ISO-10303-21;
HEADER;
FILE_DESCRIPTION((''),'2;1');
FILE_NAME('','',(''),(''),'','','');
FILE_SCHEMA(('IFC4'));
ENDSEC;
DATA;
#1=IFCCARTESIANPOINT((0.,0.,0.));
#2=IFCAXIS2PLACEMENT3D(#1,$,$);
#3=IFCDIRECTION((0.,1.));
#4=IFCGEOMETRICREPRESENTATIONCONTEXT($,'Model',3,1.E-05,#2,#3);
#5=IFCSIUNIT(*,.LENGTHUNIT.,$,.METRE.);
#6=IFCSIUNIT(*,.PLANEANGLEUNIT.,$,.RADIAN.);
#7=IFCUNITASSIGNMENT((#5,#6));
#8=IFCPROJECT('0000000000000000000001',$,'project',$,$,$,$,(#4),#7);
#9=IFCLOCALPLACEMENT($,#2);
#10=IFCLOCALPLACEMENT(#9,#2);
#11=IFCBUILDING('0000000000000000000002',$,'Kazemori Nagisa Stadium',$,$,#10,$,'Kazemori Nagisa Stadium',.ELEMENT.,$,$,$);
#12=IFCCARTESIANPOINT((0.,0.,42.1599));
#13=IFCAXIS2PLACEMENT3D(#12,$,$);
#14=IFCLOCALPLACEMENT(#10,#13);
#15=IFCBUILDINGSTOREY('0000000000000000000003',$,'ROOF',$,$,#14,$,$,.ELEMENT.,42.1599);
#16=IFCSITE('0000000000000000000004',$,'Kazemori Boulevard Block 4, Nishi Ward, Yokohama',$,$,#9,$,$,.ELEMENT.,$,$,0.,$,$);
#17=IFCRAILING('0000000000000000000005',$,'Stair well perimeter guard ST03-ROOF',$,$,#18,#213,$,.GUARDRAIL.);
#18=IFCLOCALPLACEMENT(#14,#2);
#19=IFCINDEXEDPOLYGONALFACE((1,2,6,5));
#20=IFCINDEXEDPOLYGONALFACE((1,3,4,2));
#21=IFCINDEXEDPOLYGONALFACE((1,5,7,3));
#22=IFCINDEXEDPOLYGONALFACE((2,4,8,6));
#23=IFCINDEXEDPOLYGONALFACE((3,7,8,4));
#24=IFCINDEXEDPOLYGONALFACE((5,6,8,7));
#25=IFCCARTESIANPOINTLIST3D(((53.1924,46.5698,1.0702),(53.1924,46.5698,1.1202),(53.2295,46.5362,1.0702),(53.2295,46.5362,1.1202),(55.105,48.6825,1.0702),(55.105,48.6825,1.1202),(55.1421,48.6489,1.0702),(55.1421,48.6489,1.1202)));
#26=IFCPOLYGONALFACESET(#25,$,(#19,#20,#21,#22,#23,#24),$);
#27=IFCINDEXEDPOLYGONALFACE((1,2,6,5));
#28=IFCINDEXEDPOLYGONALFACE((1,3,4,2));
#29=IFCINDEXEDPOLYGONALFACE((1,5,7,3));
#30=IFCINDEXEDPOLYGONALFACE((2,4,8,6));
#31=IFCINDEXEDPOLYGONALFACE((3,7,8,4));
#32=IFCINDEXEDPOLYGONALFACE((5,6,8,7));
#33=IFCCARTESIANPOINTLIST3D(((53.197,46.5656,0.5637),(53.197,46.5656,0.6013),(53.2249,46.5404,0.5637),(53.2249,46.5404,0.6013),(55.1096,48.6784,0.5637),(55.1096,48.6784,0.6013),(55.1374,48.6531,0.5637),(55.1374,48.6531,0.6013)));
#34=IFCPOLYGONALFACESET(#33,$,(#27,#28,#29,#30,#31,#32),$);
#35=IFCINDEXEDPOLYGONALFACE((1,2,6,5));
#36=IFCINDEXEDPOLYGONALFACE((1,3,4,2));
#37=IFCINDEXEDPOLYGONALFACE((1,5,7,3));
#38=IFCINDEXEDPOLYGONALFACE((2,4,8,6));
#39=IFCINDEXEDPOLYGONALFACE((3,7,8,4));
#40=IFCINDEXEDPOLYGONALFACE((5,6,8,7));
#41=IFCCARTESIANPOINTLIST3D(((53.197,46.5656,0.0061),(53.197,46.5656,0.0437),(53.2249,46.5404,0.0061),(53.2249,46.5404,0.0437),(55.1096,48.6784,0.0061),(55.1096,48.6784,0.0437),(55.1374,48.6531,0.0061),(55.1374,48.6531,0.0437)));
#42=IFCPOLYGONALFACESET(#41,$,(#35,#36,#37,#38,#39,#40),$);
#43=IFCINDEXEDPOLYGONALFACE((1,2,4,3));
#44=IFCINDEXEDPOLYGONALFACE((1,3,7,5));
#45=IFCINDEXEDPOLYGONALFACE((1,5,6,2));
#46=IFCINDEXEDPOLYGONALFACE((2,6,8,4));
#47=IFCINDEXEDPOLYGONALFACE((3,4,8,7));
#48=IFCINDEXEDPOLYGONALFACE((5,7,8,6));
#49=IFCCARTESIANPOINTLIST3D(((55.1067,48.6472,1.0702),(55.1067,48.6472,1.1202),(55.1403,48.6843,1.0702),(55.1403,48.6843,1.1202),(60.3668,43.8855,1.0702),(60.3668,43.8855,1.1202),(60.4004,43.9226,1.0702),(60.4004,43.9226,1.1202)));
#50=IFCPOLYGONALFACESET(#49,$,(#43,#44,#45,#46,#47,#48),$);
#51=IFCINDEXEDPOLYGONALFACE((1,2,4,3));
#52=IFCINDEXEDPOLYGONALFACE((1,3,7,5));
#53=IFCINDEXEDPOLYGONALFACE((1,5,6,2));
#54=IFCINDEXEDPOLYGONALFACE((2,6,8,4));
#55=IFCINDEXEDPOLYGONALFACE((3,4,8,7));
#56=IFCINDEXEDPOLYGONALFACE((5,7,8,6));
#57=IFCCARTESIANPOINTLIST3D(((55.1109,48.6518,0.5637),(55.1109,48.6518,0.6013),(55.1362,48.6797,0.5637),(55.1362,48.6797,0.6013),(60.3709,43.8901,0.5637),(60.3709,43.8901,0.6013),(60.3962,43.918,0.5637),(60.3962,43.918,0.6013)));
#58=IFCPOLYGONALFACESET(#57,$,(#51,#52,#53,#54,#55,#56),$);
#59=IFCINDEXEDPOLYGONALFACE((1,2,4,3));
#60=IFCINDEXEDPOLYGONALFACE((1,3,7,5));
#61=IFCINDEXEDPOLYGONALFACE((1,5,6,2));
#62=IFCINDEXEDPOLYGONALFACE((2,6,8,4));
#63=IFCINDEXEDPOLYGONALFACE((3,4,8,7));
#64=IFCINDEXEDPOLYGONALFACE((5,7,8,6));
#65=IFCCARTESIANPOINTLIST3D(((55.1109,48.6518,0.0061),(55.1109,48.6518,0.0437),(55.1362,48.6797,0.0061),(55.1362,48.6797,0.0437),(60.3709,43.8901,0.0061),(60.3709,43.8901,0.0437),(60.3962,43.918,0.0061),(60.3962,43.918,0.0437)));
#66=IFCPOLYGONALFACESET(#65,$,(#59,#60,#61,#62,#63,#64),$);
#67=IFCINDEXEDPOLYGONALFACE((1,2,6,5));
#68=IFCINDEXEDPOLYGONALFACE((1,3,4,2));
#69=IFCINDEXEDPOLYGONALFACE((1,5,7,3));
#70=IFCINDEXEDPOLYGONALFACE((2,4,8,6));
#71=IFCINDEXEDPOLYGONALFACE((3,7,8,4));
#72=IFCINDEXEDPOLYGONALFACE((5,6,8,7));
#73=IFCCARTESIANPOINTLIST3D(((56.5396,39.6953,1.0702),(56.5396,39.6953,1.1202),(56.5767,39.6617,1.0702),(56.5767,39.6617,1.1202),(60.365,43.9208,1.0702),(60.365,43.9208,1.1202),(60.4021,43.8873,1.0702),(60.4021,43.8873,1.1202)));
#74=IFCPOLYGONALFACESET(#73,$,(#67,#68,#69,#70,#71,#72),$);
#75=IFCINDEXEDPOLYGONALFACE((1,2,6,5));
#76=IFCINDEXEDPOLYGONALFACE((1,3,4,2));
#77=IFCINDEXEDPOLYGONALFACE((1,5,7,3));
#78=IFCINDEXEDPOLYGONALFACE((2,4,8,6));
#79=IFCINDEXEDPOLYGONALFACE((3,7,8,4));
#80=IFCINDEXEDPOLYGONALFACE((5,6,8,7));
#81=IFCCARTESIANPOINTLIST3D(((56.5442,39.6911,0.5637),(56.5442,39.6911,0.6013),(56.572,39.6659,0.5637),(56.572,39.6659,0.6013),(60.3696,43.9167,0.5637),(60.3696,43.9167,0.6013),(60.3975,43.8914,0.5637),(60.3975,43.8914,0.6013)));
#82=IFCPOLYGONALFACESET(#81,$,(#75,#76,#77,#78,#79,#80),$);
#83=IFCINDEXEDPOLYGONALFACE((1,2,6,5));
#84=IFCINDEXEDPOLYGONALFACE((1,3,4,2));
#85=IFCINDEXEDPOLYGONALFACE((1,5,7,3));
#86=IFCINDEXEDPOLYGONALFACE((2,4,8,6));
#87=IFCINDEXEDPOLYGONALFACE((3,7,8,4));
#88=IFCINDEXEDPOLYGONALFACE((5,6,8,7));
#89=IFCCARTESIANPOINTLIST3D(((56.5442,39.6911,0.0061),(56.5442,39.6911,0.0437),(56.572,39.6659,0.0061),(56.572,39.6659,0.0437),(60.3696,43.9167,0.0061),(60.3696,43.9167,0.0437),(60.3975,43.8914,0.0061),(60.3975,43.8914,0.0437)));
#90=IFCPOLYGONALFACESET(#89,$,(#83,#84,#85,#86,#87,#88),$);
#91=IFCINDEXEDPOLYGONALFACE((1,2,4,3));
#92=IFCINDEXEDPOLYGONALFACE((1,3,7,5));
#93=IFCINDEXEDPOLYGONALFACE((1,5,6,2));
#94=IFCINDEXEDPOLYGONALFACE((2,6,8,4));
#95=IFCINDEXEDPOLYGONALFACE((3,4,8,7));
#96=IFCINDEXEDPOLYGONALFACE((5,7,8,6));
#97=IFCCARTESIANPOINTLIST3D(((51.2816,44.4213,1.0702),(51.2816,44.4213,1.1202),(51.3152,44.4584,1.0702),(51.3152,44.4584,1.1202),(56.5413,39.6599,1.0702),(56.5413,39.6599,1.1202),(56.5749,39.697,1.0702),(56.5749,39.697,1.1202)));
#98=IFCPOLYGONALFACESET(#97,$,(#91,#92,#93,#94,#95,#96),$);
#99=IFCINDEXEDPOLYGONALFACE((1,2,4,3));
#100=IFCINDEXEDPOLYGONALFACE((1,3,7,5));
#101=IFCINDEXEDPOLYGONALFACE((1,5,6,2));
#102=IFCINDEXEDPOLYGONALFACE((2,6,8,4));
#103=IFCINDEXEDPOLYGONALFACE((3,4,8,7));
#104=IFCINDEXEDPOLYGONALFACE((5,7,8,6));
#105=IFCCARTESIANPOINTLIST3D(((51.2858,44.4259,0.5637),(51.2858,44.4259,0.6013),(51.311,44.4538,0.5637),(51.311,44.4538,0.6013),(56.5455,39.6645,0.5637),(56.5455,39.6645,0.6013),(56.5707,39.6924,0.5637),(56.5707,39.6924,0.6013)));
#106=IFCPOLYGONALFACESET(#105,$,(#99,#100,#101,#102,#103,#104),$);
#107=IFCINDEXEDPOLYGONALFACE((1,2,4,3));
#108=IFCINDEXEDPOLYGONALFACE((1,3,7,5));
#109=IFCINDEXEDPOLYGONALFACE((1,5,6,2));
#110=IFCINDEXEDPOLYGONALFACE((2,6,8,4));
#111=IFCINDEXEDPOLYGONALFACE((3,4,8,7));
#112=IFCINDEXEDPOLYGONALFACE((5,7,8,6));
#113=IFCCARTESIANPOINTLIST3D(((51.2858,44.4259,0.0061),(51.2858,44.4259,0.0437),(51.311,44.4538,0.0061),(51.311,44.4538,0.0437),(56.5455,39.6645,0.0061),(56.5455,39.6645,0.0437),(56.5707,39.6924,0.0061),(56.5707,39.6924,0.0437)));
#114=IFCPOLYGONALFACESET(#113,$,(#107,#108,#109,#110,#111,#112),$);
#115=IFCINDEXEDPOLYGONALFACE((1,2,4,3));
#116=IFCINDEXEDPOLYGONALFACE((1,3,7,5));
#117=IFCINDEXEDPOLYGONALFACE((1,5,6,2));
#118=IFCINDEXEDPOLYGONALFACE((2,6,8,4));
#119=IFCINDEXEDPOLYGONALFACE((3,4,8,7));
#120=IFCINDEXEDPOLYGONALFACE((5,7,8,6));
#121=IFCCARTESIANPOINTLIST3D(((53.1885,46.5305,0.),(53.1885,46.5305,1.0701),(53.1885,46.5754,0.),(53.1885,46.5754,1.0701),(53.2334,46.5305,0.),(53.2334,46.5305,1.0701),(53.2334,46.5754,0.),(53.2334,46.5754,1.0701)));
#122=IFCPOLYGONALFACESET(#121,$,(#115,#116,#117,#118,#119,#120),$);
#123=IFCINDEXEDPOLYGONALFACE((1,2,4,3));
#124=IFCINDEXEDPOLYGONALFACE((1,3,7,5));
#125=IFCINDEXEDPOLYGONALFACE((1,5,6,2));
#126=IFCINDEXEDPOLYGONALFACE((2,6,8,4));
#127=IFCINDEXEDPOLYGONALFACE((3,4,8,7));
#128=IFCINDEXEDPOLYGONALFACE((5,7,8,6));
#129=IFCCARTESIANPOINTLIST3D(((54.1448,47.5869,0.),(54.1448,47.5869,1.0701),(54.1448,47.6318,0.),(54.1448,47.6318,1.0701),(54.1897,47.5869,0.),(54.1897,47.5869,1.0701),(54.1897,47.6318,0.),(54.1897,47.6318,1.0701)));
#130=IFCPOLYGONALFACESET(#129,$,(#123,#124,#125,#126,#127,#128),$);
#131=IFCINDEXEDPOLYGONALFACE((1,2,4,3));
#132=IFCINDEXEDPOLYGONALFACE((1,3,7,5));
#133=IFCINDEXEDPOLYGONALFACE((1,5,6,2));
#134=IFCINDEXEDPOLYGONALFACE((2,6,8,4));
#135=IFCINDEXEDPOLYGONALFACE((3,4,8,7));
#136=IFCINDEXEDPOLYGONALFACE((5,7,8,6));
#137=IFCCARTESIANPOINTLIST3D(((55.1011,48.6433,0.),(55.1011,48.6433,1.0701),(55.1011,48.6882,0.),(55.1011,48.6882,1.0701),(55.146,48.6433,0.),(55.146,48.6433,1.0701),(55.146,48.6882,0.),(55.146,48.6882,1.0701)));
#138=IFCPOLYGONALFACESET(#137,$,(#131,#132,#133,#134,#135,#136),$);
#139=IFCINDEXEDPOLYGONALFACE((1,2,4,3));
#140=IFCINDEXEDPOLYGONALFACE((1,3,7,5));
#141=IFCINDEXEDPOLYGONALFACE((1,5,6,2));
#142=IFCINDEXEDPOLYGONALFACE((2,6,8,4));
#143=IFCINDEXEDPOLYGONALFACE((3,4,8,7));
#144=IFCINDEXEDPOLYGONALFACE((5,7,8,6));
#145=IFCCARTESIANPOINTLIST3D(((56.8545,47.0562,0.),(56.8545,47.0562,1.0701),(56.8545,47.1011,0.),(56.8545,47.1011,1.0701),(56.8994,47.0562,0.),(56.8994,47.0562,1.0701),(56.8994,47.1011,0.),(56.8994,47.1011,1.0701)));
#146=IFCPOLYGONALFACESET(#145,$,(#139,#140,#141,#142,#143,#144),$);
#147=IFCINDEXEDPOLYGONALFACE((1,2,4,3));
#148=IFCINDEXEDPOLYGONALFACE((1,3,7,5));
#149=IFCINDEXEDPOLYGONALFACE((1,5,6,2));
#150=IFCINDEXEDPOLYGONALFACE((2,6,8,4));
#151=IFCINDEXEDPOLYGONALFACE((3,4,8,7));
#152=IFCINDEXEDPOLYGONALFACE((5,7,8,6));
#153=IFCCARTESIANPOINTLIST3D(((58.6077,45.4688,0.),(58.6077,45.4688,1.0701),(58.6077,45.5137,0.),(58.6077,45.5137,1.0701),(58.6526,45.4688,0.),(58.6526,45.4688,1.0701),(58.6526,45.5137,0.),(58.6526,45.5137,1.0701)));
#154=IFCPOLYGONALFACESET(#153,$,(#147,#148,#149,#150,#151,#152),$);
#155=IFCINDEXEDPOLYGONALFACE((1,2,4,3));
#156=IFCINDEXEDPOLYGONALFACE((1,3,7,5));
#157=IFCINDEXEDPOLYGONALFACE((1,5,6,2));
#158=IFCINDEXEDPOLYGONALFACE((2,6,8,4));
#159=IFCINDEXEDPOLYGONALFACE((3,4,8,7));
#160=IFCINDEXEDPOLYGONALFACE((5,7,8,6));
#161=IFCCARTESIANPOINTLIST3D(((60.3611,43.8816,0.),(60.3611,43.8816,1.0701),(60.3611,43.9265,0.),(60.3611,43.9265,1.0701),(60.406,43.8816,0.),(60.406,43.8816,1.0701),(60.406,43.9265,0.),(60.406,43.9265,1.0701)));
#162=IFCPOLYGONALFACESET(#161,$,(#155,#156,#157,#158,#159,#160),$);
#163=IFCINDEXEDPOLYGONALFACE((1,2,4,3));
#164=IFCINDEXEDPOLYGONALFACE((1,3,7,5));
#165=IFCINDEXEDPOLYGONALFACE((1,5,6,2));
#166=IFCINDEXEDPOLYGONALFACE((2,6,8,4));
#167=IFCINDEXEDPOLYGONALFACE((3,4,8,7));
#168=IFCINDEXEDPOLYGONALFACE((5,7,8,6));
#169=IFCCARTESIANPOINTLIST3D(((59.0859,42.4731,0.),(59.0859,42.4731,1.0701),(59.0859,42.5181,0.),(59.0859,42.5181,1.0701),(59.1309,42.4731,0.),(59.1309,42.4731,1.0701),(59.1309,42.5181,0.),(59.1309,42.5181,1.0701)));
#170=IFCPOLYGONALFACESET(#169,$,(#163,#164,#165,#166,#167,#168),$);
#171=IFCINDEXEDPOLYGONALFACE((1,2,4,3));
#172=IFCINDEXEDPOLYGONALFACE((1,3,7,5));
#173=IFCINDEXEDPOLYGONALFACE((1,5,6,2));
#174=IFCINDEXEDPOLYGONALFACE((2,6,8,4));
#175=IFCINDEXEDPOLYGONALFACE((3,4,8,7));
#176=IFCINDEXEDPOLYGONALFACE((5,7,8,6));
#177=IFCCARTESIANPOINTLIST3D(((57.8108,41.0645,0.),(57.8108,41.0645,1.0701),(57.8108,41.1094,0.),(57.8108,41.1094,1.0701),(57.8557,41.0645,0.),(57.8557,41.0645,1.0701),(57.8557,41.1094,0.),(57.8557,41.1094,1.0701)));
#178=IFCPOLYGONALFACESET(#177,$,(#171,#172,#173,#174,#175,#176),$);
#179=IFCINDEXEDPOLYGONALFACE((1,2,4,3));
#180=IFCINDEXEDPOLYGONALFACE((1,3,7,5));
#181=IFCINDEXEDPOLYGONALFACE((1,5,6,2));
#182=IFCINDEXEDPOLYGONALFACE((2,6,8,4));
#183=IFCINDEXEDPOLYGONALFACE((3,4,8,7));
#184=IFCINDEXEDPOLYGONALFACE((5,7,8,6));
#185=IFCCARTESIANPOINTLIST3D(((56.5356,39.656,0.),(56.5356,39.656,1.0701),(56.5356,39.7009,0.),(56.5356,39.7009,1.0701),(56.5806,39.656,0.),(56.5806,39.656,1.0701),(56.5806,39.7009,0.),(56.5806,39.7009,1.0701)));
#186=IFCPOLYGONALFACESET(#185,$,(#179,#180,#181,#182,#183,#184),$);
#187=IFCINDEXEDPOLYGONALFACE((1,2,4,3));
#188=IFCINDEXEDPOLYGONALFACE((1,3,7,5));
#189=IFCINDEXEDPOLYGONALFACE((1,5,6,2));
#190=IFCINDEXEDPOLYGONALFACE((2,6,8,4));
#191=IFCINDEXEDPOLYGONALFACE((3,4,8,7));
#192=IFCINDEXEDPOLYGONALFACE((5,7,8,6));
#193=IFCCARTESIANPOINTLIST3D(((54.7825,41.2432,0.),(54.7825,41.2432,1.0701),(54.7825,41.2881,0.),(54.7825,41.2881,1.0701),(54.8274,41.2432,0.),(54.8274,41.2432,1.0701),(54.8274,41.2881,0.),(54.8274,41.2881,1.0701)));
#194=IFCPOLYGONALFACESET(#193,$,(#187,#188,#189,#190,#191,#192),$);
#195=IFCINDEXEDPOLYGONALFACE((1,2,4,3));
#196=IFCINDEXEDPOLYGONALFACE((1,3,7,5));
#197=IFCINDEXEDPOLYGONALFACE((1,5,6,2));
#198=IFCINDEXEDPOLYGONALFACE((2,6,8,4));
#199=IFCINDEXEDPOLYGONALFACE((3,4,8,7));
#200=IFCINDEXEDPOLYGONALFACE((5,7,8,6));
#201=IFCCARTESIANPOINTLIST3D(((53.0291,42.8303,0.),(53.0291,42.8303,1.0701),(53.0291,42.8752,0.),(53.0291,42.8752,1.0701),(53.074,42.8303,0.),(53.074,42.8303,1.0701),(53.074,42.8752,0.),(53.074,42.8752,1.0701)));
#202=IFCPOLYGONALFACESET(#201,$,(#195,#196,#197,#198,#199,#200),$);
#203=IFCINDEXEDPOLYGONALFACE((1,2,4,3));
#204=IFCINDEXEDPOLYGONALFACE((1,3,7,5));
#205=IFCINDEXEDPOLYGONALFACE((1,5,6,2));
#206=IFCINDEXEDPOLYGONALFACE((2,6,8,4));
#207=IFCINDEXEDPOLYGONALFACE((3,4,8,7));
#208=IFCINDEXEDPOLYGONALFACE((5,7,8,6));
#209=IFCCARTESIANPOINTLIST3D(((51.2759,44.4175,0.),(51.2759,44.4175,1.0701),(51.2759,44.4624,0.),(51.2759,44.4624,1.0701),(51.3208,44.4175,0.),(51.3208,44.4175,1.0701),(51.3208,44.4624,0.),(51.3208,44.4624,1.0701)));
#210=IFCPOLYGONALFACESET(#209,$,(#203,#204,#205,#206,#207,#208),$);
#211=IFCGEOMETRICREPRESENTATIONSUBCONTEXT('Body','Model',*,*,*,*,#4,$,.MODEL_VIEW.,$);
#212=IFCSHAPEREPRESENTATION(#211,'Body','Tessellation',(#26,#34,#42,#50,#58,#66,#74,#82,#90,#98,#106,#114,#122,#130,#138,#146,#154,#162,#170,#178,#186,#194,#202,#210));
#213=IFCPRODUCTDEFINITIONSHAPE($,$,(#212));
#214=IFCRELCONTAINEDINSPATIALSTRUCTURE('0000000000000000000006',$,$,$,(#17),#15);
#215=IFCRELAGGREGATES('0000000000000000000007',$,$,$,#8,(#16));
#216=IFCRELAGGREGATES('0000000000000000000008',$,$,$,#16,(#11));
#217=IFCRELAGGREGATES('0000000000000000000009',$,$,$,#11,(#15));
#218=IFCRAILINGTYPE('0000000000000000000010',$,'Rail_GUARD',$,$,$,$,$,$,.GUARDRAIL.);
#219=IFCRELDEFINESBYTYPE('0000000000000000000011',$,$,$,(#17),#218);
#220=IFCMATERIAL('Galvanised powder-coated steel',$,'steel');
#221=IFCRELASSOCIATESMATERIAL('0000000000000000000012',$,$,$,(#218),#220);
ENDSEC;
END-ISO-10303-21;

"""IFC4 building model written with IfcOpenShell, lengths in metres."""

from ifc_helpers import new_model, si_unit, direction, frame, origin, origin_2d, place, context, subcontext, project, spatial, rectangle, extrude, material, type_object, element, save


model = new_model("IFC4")

# Units and contexts
model_context = context("Model", 3, precision=1e-05, world=origin(), true_north=direction((0.0, 1.0)))
body_context = subcontext(model_context, "Body", "Model", "MODEL_VIEW")
ifc_project = project(units=[si_unit("LENGTHUNIT", "METRE"), si_unit("PLANEANGLEUNIT", "RADIAN")], contexts=[model_context])

# Site, building, storey
site_placement = place(None, origin())
site = spatial("IfcSite", under=ifc_project, at=site_placement, Name="Kazemori Boulevard Block 4, Nishi Ward, Yokohama", CompositionType="ELEMENT", RefElevation=0.0)
building_placement = place(site_placement, origin())
building = spatial("IfcBuilding", under=site, at=building_placement, Name="Kazemori Nagisa Stadium", LongName="Kazemori Nagisa Stadium", CompositionType="ELEMENT")
storey_placement = place(building_placement, frame((0.0, 0.0, 42.1599)))
storey = spatial("IfcBuildingStorey", under=building, at=storey_placement, Name="ROOF", CompositionType="ELEMENT", Elevation=42.1599)

# Railing
ifc_material_1 = material(Name="Galvanised powder-coated steel", Category="steel")
railing_type = type_object("IfcRailingType", Name="Rail_GUARD", PredefinedType="GUARDRAIL", material=ifc_material_1)
railing_placement = place(storey_placement, frame((53.2109, 46.553, 0.0)))
element("IfcRailing", 1, at=railing_placement, inside=storey, type_object=railing_type, Name="Stair well perimeter guard ST03-ROOF", PredefinedType="GUARDRAIL", context=body_context, shape_type="SweptSolid", body=[
    extrude(rectangle(XDim=0.05, YDim=0.05, at=origin_2d()), frame((0.0, 0.0, 1.0952), z_axis=(0.671111, 0.741357, 0.0), x_axis=(-0.741357, 0.671111, 0.0)), (0.0, 0.0, 1.0), 2.8499),
    extrude(rectangle(XDim=0.0376, YDim=0.0376, at=origin_2d()), frame((0.0, 0.0, 0.5825), z_axis=(0.671111, 0.741357, 0.0), x_axis=(-0.741357, 0.671111, 0.0)), (0.0, 0.0, 1.0), 2.8499),
    extrude(rectangle(XDim=0.0376, YDim=0.0376, at=origin_2d()), frame((0.0, 0.0, 0.0249), z_axis=(0.671111, 0.741357, 0.0), x_axis=(-0.741357, 0.671111, 0.0)), (0.0, 0.0, 1.0), 2.8499),
    extrude(rectangle(XDim=0.05, YDim=0.05, at=origin_2d()), frame((1.9126, 2.1128, 1.0952), z_axis=(0.741349, -0.67112, 0.0), x_axis=(0.67112, 0.741349, 0.0)), (0.0, 0.0, 1.0), 7.0952),
    extrude(rectangle(XDim=0.0376, YDim=0.0376, at=origin_2d()), frame((1.9126, 2.1128, 0.5825), z_axis=(0.741349, -0.67112, 0.0), x_axis=(0.67112, 0.741349, 0.0)), (0.0, 0.0, 1.0), 7.0952),
    extrude(rectangle(XDim=0.0376, YDim=0.0376, at=origin_2d()), frame((1.9126, 2.1128, 0.0249), z_axis=(0.741349, -0.67112, 0.0), x_axis=(0.67112, 0.741349, 0.0)), (0.0, 0.0, 1.0), 7.0952),
    extrude(rectangle(XDim=0.05, YDim=0.05, at=origin_2d()), frame((7.1726, -2.6489, 1.0952), z_axis=(-0.671134, -0.741336, 0.0), x_axis=(0.741336, -0.671134, 0.0)), (0.0, 0.0, 1.0), 5.7),
    extrude(rectangle(XDim=0.0376, YDim=0.0376, at=origin_2d()), frame((7.1726, -2.6489, 0.5825), z_axis=(-0.671134, -0.741336, 0.0), x_axis=(0.741336, -0.671134, 0.0)), (0.0, 0.0, 1.0), 5.7),
    extrude(rectangle(XDim=0.0376, YDim=0.0376, at=origin_2d()), frame((7.1726, -2.6489, 0.0249), z_axis=(-0.671134, -0.741336, 0.0), x_axis=(0.741336, -0.671134, 0.0)), (0.0, 0.0, 1.0), 5.7),
    extrude(rectangle(XDim=0.05, YDim=0.05, at=origin_2d()), frame((3.3472, -6.8745, 1.0952), z_axis=(-0.741351, 0.671118, 0.0), x_axis=(-0.671118, -0.741351, 0.0)), (0.0, 0.0, 1.0), 7.0947),
    extrude(rectangle(XDim=0.0376, YDim=0.0376, at=origin_2d()), frame((3.3472, -6.8745, 0.5825), z_axis=(-0.741351, 0.671118, 0.0), x_axis=(-0.671118, -0.741351, 0.0)), (0.0, 0.0, 1.0), 7.0947),
    extrude(rectangle(XDim=0.0376, YDim=0.0376, at=origin_2d()), frame((3.3472, -6.8745, 0.0249), z_axis=(-0.741351, 0.671118, 0.0), x_axis=(-0.671118, -0.741351, 0.0)), (0.0, 0.0, 1.0), 7.0947),
    extrude(rectangle(XDim=0.0449, YDim=0.0449, at=origin_2d()), origin(), (0.0, 0.0, 1.0), 1.0701),
    extrude(rectangle(XDim=0.0449, YDim=0.0449, at=origin_2d()), frame((0.9563, 1.0564, 0.0)), (0.0, 0.0, 1.0), 1.0701),
    extrude(rectangle(XDim=0.0449, YDim=0.0449, at=origin_2d()), frame((1.9126, 2.1128, 0.0)), (0.0, 0.0, 1.0), 1.0701),
    extrude(rectangle(XDim=0.0449, YDim=0.0449, at=origin_2d()), frame((3.666, 0.5256, 0.0)), (0.0, 0.0, 1.0), 1.0701),
    extrude(rectangle(XDim=0.0449, YDim=0.0449, at=origin_2d()), frame((5.4192, -1.0618, 0.0)), (0.0, 0.0, 1.0), 1.0701),
    extrude(rectangle(XDim=0.0449, YDim=0.0449, at=origin_2d()), frame((7.1726, -2.6489, 0.0)), (0.0, 0.0, 1.0), 1.0701),
    extrude(rectangle(XDim=0.0449, YDim=0.0449, at=origin_2d()), frame((5.8975, -4.0574, 0.0)), (0.0, 0.0, 1.0), 1.0701),
    extrude(rectangle(XDim=0.0449, YDim=0.0449, at=origin_2d()), frame((4.6223, -5.4661, 0.0)), (0.0, 0.0, 1.0), 1.0701),
    extrude(rectangle(XDim=0.0449, YDim=0.0449, at=origin_2d()), frame((3.3472, -6.8745, 0.0)), (0.0, 0.0, 1.0), 1.0701),
    extrude(rectangle(XDim=0.0449, YDim=0.0449, at=origin_2d()), frame((1.594, -5.2874, 0.0)), (0.0, 0.0, 1.0), 1.0701),
    extrude(rectangle(XDim=0.0449, YDim=0.0449, at=origin_2d()), frame((-0.1594, -3.7002, 0.0)), (0.0, 0.0, 1.0), 1.0701),
    extrude(rectangle(XDim=0.0449, YDim=0.0449, at=origin_2d()), frame((-1.9126, -2.113, 0.0)), (0.0, 0.0, 1.0), 1.0701),
])

save(model, "model.ifc")
